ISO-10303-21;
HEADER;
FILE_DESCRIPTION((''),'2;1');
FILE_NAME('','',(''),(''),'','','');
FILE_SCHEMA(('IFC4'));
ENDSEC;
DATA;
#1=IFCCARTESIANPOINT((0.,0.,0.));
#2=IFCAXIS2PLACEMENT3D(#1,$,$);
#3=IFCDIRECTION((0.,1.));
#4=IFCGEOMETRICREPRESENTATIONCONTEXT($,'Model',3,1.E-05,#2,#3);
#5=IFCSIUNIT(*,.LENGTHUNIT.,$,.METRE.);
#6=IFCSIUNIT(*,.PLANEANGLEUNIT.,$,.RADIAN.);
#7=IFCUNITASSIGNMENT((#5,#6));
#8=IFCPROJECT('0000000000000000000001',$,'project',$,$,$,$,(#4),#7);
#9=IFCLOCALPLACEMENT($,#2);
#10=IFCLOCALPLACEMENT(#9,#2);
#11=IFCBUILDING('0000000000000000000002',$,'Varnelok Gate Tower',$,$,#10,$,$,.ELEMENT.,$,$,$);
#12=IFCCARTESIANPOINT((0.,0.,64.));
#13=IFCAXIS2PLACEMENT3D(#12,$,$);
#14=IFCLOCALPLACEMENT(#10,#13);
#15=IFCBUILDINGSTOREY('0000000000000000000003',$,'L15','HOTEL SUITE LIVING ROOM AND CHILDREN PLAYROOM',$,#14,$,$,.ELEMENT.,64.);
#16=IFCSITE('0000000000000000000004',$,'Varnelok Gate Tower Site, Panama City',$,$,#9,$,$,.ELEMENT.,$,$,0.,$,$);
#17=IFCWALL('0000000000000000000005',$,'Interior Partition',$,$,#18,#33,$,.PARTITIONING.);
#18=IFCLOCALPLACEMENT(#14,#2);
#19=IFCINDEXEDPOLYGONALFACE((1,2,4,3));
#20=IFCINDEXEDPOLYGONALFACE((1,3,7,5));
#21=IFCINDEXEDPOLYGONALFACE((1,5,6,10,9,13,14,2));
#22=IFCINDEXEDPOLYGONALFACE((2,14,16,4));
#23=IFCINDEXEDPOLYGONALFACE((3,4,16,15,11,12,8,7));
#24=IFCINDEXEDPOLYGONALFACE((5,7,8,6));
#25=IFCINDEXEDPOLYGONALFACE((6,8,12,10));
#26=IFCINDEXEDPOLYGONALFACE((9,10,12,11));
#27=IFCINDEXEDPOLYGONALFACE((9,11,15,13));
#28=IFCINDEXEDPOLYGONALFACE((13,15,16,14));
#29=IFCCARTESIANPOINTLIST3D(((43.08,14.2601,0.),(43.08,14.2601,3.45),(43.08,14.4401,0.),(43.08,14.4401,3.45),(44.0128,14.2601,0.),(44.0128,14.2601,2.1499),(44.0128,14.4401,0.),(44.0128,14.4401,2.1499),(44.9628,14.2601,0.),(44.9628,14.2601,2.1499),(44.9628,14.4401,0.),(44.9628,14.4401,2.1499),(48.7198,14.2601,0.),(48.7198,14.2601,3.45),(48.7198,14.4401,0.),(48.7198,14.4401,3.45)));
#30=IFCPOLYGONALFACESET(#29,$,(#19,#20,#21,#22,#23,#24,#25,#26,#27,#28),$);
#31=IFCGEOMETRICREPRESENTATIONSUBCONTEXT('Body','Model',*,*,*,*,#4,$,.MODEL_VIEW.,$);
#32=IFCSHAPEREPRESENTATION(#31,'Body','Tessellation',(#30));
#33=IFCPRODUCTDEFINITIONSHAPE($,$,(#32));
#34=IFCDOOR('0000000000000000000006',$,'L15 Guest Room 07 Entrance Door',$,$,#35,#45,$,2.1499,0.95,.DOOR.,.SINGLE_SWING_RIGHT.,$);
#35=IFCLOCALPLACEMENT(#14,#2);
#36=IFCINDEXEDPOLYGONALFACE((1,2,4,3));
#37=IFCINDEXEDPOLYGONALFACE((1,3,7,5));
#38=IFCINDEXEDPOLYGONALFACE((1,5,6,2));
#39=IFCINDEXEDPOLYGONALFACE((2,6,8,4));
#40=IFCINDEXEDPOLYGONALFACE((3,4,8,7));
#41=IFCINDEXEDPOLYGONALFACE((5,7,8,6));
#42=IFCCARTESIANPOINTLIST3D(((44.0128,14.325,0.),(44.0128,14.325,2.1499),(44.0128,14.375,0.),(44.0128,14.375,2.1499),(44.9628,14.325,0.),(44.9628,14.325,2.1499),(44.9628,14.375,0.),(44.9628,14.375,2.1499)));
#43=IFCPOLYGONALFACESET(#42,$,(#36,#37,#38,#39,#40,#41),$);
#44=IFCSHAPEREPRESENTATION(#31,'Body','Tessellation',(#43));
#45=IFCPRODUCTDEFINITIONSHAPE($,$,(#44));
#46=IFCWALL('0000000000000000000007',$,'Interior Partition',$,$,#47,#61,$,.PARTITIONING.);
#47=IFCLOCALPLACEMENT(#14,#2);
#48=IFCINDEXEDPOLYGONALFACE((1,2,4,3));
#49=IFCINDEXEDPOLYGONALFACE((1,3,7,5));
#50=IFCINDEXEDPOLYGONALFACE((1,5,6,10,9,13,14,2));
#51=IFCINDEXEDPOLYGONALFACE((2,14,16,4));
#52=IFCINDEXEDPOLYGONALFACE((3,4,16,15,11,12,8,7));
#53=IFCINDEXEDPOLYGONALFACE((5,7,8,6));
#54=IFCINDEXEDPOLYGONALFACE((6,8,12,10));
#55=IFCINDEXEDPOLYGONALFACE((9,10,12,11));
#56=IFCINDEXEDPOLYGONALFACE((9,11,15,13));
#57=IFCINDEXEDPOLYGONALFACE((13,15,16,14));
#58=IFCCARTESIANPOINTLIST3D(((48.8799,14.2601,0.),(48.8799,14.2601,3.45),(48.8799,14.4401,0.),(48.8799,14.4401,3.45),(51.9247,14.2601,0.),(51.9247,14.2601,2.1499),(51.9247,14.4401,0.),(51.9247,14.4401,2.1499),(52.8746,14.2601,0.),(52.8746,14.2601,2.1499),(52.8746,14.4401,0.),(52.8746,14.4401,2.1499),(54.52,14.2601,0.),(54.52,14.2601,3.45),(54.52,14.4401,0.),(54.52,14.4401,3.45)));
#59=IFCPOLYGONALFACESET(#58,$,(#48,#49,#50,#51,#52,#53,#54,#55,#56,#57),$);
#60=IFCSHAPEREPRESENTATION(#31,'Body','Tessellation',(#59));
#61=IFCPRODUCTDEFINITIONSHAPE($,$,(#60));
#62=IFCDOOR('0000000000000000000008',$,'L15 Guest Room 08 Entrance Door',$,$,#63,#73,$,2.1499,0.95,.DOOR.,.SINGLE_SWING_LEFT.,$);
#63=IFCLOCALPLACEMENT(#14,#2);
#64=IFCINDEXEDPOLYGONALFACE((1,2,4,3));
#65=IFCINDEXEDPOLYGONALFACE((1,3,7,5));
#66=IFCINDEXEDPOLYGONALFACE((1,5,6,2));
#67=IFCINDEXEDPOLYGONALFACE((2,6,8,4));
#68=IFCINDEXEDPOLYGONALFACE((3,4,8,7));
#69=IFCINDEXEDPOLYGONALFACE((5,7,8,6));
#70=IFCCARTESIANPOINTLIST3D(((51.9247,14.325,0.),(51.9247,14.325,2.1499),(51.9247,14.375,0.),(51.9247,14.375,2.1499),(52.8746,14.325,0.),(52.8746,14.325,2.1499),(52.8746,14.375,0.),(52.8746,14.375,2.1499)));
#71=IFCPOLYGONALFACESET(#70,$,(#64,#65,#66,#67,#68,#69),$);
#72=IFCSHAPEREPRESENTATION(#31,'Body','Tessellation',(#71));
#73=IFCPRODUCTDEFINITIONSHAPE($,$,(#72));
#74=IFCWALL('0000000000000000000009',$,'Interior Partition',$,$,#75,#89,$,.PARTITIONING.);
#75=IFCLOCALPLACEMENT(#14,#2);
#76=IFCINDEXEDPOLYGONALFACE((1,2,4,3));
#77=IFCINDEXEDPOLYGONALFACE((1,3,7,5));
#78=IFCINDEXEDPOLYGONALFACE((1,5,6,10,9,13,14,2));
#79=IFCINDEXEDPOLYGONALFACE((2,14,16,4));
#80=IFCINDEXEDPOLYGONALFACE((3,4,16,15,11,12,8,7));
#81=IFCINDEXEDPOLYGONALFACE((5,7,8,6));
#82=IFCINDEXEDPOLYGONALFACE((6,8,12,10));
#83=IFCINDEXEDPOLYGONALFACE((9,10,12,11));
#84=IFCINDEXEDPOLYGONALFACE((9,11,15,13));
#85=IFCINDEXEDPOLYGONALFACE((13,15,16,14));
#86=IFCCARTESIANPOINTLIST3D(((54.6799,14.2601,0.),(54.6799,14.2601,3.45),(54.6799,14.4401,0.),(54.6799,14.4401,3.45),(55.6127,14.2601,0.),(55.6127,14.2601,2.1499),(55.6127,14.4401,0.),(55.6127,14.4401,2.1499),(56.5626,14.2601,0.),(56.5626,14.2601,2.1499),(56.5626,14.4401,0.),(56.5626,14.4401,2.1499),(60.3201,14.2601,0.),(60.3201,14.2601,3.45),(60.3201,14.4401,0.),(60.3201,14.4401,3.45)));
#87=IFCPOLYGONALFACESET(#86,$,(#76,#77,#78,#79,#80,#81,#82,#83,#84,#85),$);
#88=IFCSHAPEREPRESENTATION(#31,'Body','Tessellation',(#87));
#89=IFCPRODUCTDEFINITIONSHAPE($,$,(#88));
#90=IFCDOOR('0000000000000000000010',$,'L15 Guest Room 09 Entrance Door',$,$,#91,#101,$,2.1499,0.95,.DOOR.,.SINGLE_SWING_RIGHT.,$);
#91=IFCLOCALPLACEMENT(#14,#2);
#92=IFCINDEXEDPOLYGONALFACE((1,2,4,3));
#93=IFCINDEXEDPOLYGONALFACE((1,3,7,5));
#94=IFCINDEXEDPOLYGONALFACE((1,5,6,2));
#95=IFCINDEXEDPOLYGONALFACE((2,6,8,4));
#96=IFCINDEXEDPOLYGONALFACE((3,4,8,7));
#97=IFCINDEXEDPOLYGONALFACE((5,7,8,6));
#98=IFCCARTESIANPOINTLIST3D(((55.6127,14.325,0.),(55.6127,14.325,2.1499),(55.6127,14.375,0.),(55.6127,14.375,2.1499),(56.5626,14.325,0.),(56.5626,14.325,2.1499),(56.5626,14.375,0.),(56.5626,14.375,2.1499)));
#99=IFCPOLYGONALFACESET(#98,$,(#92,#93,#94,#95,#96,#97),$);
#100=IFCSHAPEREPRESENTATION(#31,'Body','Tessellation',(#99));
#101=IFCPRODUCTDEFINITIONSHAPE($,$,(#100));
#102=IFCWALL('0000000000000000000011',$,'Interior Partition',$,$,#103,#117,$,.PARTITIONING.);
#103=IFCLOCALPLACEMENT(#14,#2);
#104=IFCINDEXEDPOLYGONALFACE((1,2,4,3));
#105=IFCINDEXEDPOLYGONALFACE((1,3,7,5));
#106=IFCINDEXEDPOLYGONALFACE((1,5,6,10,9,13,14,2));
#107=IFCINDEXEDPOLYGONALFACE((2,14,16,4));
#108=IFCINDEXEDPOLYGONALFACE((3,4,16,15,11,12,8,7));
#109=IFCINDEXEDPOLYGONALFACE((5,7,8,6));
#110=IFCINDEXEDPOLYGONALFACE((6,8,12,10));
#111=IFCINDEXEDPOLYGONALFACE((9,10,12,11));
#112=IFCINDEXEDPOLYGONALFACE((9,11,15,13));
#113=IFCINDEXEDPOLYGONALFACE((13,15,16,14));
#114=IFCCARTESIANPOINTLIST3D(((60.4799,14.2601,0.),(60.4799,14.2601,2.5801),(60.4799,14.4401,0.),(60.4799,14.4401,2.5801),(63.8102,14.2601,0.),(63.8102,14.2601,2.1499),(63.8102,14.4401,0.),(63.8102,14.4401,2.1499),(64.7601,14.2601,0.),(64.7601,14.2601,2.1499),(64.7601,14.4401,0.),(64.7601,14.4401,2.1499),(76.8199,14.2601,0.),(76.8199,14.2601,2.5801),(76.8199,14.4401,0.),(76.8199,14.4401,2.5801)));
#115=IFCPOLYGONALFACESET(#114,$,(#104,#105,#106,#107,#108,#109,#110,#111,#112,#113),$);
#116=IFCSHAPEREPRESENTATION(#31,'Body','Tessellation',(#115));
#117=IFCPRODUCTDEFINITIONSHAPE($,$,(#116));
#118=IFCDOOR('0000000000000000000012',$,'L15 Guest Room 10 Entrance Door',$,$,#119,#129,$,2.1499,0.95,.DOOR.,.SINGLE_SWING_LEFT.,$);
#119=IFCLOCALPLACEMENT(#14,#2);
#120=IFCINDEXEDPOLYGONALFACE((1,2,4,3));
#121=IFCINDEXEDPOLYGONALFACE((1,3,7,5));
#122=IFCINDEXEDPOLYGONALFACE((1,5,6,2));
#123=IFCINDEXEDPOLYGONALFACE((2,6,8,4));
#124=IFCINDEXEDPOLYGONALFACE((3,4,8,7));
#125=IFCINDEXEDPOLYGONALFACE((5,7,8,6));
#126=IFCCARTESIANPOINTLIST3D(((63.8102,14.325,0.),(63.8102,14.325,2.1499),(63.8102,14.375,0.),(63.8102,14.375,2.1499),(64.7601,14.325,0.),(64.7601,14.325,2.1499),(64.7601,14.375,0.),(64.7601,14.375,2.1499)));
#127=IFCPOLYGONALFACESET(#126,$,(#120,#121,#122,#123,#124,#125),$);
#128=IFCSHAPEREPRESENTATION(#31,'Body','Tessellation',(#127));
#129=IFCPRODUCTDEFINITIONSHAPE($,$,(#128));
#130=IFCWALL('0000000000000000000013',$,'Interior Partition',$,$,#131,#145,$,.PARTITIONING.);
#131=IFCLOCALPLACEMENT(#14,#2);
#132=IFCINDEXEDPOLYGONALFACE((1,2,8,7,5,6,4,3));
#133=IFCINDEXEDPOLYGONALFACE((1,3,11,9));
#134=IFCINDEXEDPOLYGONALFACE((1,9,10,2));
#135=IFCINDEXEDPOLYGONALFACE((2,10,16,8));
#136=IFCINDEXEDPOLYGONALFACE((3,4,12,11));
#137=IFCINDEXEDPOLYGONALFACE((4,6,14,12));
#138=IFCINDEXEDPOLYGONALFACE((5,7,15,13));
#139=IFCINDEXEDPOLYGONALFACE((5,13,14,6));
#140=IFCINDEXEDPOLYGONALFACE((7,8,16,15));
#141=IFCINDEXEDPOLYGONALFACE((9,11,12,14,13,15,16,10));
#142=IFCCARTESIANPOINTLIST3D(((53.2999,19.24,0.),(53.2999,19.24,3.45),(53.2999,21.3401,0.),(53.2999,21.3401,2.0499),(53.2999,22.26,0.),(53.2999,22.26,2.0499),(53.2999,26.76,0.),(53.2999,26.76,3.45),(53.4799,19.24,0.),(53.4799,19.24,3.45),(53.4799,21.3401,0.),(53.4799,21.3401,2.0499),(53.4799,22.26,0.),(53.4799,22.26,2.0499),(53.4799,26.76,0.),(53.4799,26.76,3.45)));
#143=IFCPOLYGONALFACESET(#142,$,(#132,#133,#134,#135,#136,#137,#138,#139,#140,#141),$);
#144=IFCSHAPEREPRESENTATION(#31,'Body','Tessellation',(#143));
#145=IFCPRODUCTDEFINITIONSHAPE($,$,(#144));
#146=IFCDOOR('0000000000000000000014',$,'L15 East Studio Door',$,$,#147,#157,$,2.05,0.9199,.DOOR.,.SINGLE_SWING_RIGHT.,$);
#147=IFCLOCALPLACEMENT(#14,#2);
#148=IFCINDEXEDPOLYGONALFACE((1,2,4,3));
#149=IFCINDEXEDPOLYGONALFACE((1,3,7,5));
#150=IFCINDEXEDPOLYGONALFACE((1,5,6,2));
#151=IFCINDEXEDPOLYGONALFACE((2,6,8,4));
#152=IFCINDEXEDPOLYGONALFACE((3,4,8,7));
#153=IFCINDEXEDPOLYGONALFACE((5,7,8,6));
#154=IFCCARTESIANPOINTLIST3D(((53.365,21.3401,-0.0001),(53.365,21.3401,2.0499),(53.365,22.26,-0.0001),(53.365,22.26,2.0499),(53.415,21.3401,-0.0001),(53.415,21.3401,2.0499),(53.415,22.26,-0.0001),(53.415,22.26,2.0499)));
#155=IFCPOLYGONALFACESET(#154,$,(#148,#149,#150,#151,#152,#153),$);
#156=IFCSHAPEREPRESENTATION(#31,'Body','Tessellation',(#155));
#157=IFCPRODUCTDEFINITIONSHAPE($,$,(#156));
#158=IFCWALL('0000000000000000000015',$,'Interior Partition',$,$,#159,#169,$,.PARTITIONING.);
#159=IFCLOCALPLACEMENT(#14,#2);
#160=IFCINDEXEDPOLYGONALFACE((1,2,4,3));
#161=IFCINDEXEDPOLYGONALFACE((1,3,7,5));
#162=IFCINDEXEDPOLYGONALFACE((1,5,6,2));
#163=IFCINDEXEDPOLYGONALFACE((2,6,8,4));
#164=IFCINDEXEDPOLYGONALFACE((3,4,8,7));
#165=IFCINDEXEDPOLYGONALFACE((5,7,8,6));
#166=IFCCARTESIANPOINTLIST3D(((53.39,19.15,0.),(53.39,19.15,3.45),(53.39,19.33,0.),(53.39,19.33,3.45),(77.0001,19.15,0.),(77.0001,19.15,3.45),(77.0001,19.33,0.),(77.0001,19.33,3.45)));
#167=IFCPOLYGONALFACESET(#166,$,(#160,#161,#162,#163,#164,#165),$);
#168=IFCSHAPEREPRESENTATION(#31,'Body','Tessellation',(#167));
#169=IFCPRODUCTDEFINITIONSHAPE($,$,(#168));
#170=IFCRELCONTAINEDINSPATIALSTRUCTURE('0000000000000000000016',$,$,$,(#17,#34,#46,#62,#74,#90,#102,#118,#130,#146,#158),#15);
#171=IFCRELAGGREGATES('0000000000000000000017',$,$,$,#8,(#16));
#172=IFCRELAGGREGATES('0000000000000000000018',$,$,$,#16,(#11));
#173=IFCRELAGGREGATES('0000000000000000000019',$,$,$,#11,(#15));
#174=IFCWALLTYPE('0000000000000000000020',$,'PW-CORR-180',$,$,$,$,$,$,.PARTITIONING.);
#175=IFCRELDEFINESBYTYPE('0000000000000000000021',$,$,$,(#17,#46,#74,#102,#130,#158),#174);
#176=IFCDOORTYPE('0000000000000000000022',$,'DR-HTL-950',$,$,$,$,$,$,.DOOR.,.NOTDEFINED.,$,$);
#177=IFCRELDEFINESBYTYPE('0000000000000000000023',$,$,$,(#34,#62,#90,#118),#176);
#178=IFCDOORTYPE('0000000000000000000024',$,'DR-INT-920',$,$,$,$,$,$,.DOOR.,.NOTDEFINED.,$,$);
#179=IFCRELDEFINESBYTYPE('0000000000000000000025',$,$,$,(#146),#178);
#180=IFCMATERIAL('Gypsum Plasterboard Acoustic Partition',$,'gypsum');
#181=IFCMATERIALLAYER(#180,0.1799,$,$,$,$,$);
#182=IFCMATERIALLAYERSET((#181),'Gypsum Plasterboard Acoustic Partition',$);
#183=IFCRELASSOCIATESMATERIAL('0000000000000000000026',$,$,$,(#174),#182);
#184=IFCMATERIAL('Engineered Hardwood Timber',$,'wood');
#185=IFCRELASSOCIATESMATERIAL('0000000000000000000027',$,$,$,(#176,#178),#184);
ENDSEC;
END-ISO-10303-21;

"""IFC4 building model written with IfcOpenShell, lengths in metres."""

from ifc_helpers import new_model, si_unit, direction, frame, frame_2d, origin, place, context, subcontext, project, spatial, rectangle, extrude, material, layer, layer_set, type_object, element, fill, save


model = new_model("IFC4")

# Units and contexts
model_context = context("Model", 3, precision=1e-05, world=origin(), true_north=direction((0.0, 1.0)))
body_context = subcontext(model_context, "Body", "Model", "MODEL_VIEW")
ifc_project = project(units=[si_unit("LENGTHUNIT", "METRE"), si_unit("PLANEANGLEUNIT", "RADIAN")], contexts=[model_context])

# Site, building, storey
site_placement = place(None, origin())
site = spatial("IfcSite", under=ifc_project, at=site_placement, Name="Varnelok Gate Tower Site, Panama City", CompositionType="ELEMENT", RefElevation=0.0)
building_placement = place(site_placement, origin())
building = spatial("IfcBuilding", under=site, at=building_placement, Name="Varnelok Gate Tower", CompositionType="ELEMENT")
storey_placement = place(building_placement, frame((0.0, 0.0, 64.0)))
storey = spatial("IfcBuildingStorey", under=building, at=storey_placement, Name="L15", Description="HOTEL SUITE LIVING ROOM AND CHILDREN PLAYROOM", CompositionType="ELEMENT", Elevation=64.0)

# Walls, openings, doors
ifc_material_1 = material(Name="Gypsum Plasterboard Acoustic Partition", Category="gypsum")
ifc_layer_1 = layer(ifc_material_1, 0.1799)
ifc_layer_set_1 = layer_set([ifc_layer_1], Name="Gypsum Plasterboard Acoustic Partition")
wall_type_1 = type_object("IfcWallType", Name="PW-CORR-180", PredefinedType="PARTITIONING", material=ifc_layer_set_1)
wall_1_placement = place(storey_placement, frame((43.0801, 14.3501, 0.0), z_axis=(0.0, 0.0, 1.0), x_axis=(1.0, 0.0, 0.0)))
wall_1 = element("IfcWall", 1, at=wall_1_placement, inside=storey, type_object=wall_type_1, Name="Interior Partition", PredefinedType="PARTITIONING", context=body_context, shape_type="SweptSolid", body=[
    extrude(rectangle(XDim=5.6399, YDim=0.1799, at=frame_2d((2.8198, 0.0))), origin(), (0.0, 0.0, 1.0), 3.45),
])
opening_1_placement = place(wall_1_placement, frame((0.9326, 0.0, 0.0)))
opening_1 = element("IfcOpeningElement", 2, at=opening_1_placement, cuts=wall_1, PredefinedType="OPENING", context=body_context, shape_type="SweptSolid", body=[
    extrude(rectangle(XDim=0.95, YDim=2.1499, at=frame_2d((0.4751, 1.075))), frame((0.0, 0.0999, 0.0), z_axis=(0.0, -1.0, 0.0), x_axis=(1.0, 0.0, 0.0)), (0.0, 0.0, 1.0), 0.2),
])
ifc_material_2 = material(Name="Engineered Hardwood Timber", Category="wood")
door_type_1 = type_object("IfcDoorType", Name="DR-HTL-950", OperationType="NOTDEFINED", PredefinedType="DOOR", material=ifc_material_2)
door_1_placement = place(opening_1_placement, origin())
door_1 = element("IfcDoor", 3, at=door_1_placement, inside=storey, type_object=door_type_1, Name="L15 Guest Room 07 Entrance Door", OperationType="SINGLE_SWING_RIGHT", OverallHeight=2.1499, OverallWidth=0.95, PredefinedType="DOOR", context=body_context, shape_type="SweptSolid", body=[
    extrude(rectangle(XDim=0.95, YDim=2.1499, at=frame_2d((0.4751, 1.075))), frame((0.0, 0.0249, 0.0), z_axis=(0.0, -1.0, 0.0), x_axis=(1.0, 0.0, 0.0)), (0.0, 0.0, 1.0), 0.05),
])
fill(opening_1, door_1)
wall_2_placement = place(storey_placement, frame((48.8799, 14.3501, 0.0), z_axis=(0.0, 0.0, 1.0), x_axis=(1.0, 0.0, 0.0)))
wall_2 = element("IfcWall", 4, at=wall_2_placement, inside=storey, type_object=wall_type_1, Name="Interior Partition", PredefinedType="PARTITIONING", context=body_context, shape_type="SweptSolid", body=[
    extrude(rectangle(XDim=5.6401, YDim=0.1799, at=frame_2d((2.8201, 0.0))), origin(), (0.0, 0.0, 1.0), 3.45),
])
opening_2_placement = place(wall_2_placement, frame((3.0447, 0.0, 0.0)))
opening_2 = element("IfcOpeningElement", 5, at=opening_2_placement, cuts=wall_2, PredefinedType="OPENING", context=body_context, shape_type="SweptSolid", body=[
    extrude(rectangle(XDim=0.95, YDim=2.1499, at=frame_2d((0.4751, 1.075))), frame((0.0, 0.0999, 0.0), z_axis=(0.0, -1.0, 0.0), x_axis=(1.0, 0.0, 0.0)), (0.0, 0.0, 1.0), 0.2),
])
door_2_placement = place(opening_2_placement, origin())
door_2 = element("IfcDoor", 6, at=door_2_placement, inside=storey, type_object=door_type_1, Name="L15 Guest Room 08 Entrance Door", OperationType="SINGLE_SWING_LEFT", OverallHeight=2.1499, OverallWidth=0.95, PredefinedType="DOOR", context=body_context, shape_type="SweptSolid", body=[
    extrude(rectangle(XDim=0.95, YDim=2.1499, at=frame_2d((0.4751, 1.075))), frame((0.0, 0.0249, 0.0), z_axis=(0.0, -1.0, 0.0), x_axis=(1.0, 0.0, 0.0)), (0.0, 0.0, 1.0), 0.05),
])
fill(opening_2, door_2)
wall_3_placement = place(storey_placement, frame((54.6799, 14.3501, 0.0), z_axis=(0.0, 0.0, 1.0), x_axis=(1.0, 0.0, 0.0)))
wall_3 = element("IfcWall", 7, at=wall_3_placement, inside=storey, type_object=wall_type_1, Name="Interior Partition", PredefinedType="PARTITIONING", context=body_context, shape_type="SweptSolid", body=[
    extrude(rectangle(XDim=5.6401, YDim=0.1799, at=frame_2d((2.8201, 0.0))), origin(), (0.0, 0.0, 1.0), 3.45),
])
opening_3_placement = place(wall_3_placement, frame((0.9326, 0.0, 0.0)))
opening_3 = element("IfcOpeningElement", 8, at=opening_3_placement, cuts=wall_3, PredefinedType="OPENING", context=body_context, shape_type="SweptSolid", body=[
    extrude(rectangle(XDim=0.95, YDim=2.1499, at=frame_2d((0.4751, 1.075))), frame((0.0, 0.0999, 0.0), z_axis=(0.0, -1.0, 0.0), x_axis=(1.0, 0.0, 0.0)), (0.0, 0.0, 1.0), 0.2),
])
door_3_placement = place(opening_3_placement, origin())
door_3 = element("IfcDoor", 9, at=door_3_placement, inside=storey, type_object=door_type_1, Name="L15 Guest Room 09 Entrance Door", OperationType="SINGLE_SWING_RIGHT", OverallHeight=2.1499, OverallWidth=0.95, PredefinedType="DOOR", context=body_context, shape_type="SweptSolid", body=[
    extrude(rectangle(XDim=0.95, YDim=2.1499, at=frame_2d((0.4751, 1.075))), frame((0.0, 0.0249, 0.0), z_axis=(0.0, -1.0, 0.0), x_axis=(1.0, 0.0, 0.0)), (0.0, 0.0, 1.0), 0.05),
])
fill(opening_3, door_3)
wall_4_placement = place(storey_placement, frame((60.48, 14.3501, 0.0), z_axis=(0.0, 0.0, 1.0), x_axis=(1.0, 0.0, 0.0)))
wall_4 = element("IfcWall", 10, at=wall_4_placement, inside=storey, type_object=wall_type_1, Name="Interior Partition", PredefinedType="PARTITIONING", context=body_context, shape_type="SweptSolid", body=[
    extrude(rectangle(XDim=16.3401, YDim=0.1799, at=frame_2d((8.1699, 0.0))), origin(), (0.0, 0.0, 1.0), 2.5801),
])
opening_4_placement = place(wall_4_placement, frame((3.3301, 0.0, 0.0)))
opening_4 = element("IfcOpeningElement", 11, at=opening_4_placement, cuts=wall_4, PredefinedType="OPENING", context=body_context, shape_type="SweptSolid", body=[
    extrude(rectangle(XDim=0.95, YDim=2.1499, at=frame_2d((0.4751, 1.075))), frame((0.0, 0.0999, 0.0), z_axis=(0.0, -1.0, 0.0), x_axis=(1.0, 0.0, 0.0)), (0.0, 0.0, 1.0), 0.2),
])
door_4_placement = place(opening_4_placement, origin())
door_4 = element("IfcDoor", 12, at=door_4_placement, inside=storey, type_object=door_type_1, Name="L15 Guest Room 10 Entrance Door", OperationType="SINGLE_SWING_LEFT", OverallHeight=2.1499, OverallWidth=0.95, PredefinedType="DOOR", context=body_context, shape_type="SweptSolid", body=[
    extrude(rectangle(XDim=0.95, YDim=2.1499, at=frame_2d((0.4751, 1.075))), frame((0.0, 0.0249, 0.0), z_axis=(0.0, -1.0, 0.0), x_axis=(1.0, 0.0, 0.0)), (0.0, 0.0, 1.0), 0.05),
])
fill(opening_4, door_4)
wall_5_placement = place(storey_placement, frame((53.3899, 19.24, 0.0), z_axis=(0.0, 0.0, 1.0), x_axis=(0.0, 1.0, 0.0)))
wall_5 = element("IfcWall", 13, at=wall_5_placement, inside=storey, type_object=wall_type_1, Name="Interior Partition", PredefinedType="PARTITIONING", context=body_context, shape_type="SweptSolid", body=[
    extrude(rectangle(XDim=7.52, YDim=0.1799, at=frame_2d((3.76, 0.0))), origin(), (0.0, 0.0, 1.0), 3.45),
])
opening_5_placement = place(wall_5_placement, frame((2.1001, 0.0, 0.0)))
opening_5 = element("IfcOpeningElement", 14, at=opening_5_placement, cuts=wall_5, PredefinedType="OPENING", context=body_context, shape_type="SweptSolid", body=[
    extrude(rectangle(XDim=0.9199, YDim=2.05, at=frame_2d((0.46, 1.0249))), frame((0.0, 0.0999, 0.0), z_axis=(0.0, -1.0, 0.0), x_axis=(1.0, 0.0, 0.0)), (0.0, 0.0, 1.0), 0.2),
])
door_type_2 = type_object("IfcDoorType", Name="DR-INT-920", OperationType="NOTDEFINED", PredefinedType="DOOR", material=ifc_material_2)
door_5_placement = place(opening_5_placement, origin())
door_5 = element("IfcDoor", 15, at=door_5_placement, inside=storey, type_object=door_type_2, Name="L15 East Studio Door", OperationType="SINGLE_SWING_RIGHT", OverallHeight=2.05, OverallWidth=0.9199, PredefinedType="DOOR", context=body_context, shape_type="SweptSolid", body=[
    extrude(rectangle(XDim=0.9199, YDim=2.05, at=frame_2d((0.46, 1.0249))), frame((0.0, 0.0249, 0.0), z_axis=(0.0, -1.0, 0.0), x_axis=(1.0, 0.0, 0.0)), (0.0, 0.0, 1.0), 0.05),
])
fill(opening_5, door_5)

# Wall
wall_6_placement = place(storey_placement, frame((53.3899, 19.24, 0.0), z_axis=(0.0, 0.0, 1.0), x_axis=(1.0, 0.0, 0.0)))
element("IfcWall", 16, at=wall_6_placement, inside=storey, type_object=wall_type_1, Name="Interior Partition", PredefinedType="PARTITIONING", context=body_context, shape_type="SweptSolid", body=[
    extrude(rectangle(XDim=23.6101, YDim=0.1799, at=frame_2d((11.8052, 0.0))), origin(), (0.0, 0.0, 1.0), 3.45),
])

save(model, "model.ifc")
